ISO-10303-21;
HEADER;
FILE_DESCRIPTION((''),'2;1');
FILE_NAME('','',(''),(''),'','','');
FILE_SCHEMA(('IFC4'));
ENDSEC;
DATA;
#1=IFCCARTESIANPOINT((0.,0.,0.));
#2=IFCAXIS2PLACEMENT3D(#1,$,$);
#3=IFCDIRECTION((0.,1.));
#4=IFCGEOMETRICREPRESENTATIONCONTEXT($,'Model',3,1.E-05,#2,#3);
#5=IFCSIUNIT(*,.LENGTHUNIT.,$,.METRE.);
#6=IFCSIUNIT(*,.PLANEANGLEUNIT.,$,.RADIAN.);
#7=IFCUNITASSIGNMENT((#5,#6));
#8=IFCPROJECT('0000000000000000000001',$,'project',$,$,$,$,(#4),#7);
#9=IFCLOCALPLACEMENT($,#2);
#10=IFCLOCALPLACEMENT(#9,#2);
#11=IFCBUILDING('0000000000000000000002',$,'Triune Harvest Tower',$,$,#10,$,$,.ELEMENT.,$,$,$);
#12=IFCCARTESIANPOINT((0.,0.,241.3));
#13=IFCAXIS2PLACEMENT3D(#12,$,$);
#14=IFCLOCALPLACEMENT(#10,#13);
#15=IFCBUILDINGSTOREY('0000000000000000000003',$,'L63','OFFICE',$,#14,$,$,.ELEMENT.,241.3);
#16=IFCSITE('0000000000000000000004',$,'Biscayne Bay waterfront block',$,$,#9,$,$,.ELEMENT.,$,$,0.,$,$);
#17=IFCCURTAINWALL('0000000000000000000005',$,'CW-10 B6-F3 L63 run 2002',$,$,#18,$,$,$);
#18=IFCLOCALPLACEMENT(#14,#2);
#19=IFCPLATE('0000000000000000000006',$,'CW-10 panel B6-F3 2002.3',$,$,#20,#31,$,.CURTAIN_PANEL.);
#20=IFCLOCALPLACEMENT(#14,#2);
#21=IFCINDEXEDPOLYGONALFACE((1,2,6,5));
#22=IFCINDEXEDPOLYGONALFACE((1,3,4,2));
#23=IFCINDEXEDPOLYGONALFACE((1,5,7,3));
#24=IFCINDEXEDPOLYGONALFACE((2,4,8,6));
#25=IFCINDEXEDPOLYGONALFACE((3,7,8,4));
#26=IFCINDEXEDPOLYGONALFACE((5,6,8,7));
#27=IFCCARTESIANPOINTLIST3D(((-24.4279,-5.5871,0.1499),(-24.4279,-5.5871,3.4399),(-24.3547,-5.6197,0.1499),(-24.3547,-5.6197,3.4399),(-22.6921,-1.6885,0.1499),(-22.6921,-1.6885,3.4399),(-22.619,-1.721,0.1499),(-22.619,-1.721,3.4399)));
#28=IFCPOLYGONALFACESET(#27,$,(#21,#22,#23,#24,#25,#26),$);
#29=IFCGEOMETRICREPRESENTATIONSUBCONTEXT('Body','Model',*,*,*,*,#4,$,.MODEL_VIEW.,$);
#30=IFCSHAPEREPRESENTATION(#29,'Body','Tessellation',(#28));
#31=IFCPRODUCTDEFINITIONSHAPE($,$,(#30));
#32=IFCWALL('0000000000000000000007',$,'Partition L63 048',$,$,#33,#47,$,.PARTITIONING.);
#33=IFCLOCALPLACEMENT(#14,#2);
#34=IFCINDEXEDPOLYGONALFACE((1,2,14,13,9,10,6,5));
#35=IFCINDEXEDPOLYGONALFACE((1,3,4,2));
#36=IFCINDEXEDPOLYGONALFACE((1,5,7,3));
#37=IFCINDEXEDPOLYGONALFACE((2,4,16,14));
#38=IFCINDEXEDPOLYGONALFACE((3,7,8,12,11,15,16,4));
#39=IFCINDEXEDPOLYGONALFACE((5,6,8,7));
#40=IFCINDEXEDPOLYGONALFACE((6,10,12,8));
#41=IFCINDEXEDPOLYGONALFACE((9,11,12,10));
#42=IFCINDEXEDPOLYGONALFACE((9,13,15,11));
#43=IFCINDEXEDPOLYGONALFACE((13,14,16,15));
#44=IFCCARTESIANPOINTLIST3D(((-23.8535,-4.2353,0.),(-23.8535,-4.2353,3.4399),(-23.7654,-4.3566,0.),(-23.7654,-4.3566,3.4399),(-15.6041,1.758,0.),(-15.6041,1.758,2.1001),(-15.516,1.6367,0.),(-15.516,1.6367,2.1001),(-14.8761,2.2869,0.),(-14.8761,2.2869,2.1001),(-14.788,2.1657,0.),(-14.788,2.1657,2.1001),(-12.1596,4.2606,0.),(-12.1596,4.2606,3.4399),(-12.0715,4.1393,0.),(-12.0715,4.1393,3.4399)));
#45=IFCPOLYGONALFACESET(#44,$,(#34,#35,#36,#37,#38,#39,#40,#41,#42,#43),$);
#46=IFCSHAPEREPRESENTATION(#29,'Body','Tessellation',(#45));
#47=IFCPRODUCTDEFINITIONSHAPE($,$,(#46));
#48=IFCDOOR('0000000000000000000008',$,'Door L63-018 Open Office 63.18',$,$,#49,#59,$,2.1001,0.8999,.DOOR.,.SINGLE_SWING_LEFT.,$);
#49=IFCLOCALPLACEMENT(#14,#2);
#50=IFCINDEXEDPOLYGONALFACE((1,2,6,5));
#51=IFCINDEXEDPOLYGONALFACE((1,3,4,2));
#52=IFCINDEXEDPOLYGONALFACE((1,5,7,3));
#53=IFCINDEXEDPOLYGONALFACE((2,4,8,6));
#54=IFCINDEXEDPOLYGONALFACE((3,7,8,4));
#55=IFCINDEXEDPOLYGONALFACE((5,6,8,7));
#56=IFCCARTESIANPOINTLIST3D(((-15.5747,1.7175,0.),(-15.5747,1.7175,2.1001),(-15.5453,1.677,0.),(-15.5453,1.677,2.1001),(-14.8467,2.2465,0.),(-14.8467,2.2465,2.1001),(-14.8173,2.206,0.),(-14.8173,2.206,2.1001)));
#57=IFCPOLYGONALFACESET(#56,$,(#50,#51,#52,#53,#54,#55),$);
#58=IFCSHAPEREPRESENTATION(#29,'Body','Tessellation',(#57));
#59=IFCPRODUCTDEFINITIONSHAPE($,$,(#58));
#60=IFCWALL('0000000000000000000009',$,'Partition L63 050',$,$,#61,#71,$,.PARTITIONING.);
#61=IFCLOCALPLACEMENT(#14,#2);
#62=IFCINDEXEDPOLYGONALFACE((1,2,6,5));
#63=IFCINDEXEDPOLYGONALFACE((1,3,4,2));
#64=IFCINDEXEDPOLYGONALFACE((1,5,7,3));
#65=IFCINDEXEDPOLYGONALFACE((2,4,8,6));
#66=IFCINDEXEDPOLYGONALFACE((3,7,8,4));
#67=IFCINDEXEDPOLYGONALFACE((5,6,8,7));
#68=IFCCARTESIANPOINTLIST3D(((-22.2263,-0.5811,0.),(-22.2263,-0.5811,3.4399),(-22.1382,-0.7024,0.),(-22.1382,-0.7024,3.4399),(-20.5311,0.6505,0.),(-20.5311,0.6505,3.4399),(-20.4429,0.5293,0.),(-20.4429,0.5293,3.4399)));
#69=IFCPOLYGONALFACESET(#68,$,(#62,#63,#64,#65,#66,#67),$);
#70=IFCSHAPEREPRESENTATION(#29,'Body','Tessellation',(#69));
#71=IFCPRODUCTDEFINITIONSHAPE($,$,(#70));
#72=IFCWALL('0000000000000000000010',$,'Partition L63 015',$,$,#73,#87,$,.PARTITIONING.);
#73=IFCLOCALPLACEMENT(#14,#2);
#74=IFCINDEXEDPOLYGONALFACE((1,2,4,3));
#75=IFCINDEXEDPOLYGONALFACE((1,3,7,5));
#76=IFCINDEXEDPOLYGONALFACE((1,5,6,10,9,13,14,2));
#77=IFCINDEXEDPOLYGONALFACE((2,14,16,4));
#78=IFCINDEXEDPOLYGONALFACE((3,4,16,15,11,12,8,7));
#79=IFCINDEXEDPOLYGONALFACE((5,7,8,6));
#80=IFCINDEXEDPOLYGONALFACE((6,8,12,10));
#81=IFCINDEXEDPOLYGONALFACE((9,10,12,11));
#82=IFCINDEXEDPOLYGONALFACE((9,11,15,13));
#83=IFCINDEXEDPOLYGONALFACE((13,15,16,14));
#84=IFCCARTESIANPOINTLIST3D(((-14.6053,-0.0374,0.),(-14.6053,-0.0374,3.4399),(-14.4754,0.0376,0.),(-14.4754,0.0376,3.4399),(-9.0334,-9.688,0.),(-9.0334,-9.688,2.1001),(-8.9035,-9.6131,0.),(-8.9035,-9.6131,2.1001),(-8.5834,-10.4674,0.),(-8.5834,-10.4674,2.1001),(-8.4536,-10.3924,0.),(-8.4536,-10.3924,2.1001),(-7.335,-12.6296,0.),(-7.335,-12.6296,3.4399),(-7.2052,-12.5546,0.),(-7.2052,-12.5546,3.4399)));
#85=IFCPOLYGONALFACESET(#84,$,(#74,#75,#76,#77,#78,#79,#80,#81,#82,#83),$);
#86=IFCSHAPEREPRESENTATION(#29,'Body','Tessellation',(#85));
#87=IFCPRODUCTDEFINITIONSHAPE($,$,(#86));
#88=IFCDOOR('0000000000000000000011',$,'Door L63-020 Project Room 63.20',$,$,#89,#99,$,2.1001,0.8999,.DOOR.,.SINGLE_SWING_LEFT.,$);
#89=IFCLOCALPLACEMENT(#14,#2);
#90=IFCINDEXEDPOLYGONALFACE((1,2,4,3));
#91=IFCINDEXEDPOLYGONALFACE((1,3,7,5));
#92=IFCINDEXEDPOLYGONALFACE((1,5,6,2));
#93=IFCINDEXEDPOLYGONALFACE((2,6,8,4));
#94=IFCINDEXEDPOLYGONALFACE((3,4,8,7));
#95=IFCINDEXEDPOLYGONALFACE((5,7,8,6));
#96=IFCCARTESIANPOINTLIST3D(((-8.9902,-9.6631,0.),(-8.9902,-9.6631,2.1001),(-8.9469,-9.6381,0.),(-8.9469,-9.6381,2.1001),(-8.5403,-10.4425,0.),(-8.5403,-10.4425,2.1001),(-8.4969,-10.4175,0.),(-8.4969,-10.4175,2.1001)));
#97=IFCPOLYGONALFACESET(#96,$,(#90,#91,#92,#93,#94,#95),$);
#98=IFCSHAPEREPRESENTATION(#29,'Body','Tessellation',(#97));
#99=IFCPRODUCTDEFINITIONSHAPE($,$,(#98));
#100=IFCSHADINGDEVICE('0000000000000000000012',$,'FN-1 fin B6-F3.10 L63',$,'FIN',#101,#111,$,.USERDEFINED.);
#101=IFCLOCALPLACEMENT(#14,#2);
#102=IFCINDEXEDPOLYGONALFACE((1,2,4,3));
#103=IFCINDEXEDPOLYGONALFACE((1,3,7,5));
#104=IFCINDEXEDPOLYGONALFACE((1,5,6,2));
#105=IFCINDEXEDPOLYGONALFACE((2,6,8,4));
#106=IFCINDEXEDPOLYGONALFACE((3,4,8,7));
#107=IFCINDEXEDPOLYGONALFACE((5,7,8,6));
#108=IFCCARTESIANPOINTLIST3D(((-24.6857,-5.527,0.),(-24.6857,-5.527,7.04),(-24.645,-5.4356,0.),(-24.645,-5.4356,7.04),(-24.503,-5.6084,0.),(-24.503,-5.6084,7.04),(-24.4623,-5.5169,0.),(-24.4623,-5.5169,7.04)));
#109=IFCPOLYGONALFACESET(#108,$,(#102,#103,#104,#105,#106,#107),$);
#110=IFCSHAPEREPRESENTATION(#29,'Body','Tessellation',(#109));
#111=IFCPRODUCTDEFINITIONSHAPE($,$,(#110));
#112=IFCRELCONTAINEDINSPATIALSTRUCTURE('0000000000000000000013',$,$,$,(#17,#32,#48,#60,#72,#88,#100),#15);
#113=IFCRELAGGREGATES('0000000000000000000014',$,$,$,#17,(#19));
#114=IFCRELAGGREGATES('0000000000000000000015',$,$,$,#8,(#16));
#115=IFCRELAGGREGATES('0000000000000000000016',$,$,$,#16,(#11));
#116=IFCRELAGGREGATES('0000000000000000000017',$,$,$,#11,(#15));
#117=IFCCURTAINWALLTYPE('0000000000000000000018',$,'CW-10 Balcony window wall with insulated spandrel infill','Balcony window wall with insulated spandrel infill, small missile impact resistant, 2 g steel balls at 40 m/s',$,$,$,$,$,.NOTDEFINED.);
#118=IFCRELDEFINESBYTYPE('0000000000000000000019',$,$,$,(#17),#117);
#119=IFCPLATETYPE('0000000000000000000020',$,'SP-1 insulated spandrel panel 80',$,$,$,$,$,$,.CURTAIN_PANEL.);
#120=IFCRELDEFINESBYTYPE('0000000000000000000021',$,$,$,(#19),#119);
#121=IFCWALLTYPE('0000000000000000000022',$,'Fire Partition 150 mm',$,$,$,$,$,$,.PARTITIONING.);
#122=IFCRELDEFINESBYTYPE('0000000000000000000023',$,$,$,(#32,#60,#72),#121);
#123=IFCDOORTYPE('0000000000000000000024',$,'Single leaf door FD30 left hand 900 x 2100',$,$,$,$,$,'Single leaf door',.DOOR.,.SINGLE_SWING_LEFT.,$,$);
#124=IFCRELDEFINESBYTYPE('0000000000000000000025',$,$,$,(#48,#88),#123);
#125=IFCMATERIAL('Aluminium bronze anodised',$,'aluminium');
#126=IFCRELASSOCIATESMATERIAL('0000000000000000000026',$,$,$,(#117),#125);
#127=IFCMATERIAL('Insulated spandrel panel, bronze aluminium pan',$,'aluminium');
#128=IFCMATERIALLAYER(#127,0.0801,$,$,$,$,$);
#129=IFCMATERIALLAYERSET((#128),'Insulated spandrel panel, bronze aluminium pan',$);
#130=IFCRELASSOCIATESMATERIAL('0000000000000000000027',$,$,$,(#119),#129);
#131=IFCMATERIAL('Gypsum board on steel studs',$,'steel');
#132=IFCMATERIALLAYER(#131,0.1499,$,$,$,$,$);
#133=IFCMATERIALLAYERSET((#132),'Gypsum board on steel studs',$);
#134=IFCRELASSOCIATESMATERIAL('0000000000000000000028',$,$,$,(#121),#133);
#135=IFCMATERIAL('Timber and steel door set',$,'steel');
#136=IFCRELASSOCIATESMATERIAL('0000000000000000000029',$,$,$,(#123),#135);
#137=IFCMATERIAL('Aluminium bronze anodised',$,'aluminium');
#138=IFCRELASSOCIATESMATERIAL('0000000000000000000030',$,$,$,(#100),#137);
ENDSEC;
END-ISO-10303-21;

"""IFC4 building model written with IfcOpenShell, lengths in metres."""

from ifc_helpers import new_model, si_unit, direction, frame, frame_2d, origin, origin_2d, place, context, subcontext, project, spatial, rectangle, extrude, source, transform, mapped, material, layer, layer_set, type_object, element, fill, aggregate, save


model = new_model("IFC4")

# Units and contexts
model_context = context("Model", 3, precision=1e-05, world=origin(), true_north=direction((0.0, 1.0)))
body_context = subcontext(model_context, "Body", "Model", "MODEL_VIEW")
ifc_project = project(units=[si_unit("LENGTHUNIT", "METRE"), si_unit("PLANEANGLEUNIT", "RADIAN")], contexts=[model_context])

# Site, building, storey
site_placement = place(None, origin())
site = spatial("IfcSite", under=ifc_project, at=site_placement, Name="Biscayne Bay waterfront block", CompositionType="ELEMENT", RefElevation=0.0)
building_placement = place(site_placement, origin())
building = spatial("IfcBuilding", under=site, at=building_placement, Name="Triune Harvest Tower", CompositionType="ELEMENT")
storey_placement = place(building_placement, frame((0.0, 0.0, 241.3)))
storey = spatial("IfcBuildingStorey", under=building, at=storey_placement, Name="L63", Description="OFFICE", CompositionType="ELEMENT", Elevation=241.3)

# Curtain wall
ifc_material_1 = material(Name="Aluminium bronze anodised", Category="aluminium")
curtain_wall_type_1 = type_object("IfcCurtainWallType", Name="CW-10 Balcony window wall with insulated spandrel infill", Description="Balcony window wall with insulated spandrel infill, small missile impact resistant, 2 g steel balls at 40 m/s", PredefinedType="NOTDEFINED", material=ifc_material_1)
curtain_wall_1_placement = place(storey_placement, origin())
curtain_wall_1 = element("IfcCurtainWall", 1, at=curtain_wall_1_placement, inside=storey, type_object=curtain_wall_type_1, Name="CW-10 B6-F3 L63 run 2002")

# Plate
ifc_material_2 = material(Name="Insulated spandrel panel, bronze aluminium pan", Category="aluminium")
ifc_layer_1 = layer(ifc_material_2, 0.0801)
ifc_layer_set_1 = layer_set([ifc_layer_1], Name="Insulated spandrel panel, bronze aluminium pan")
plate_type_1 = type_object("IfcPlateType", Name="SP-1 insulated spandrel panel 80", PredefinedType="CURTAIN_PANEL", material=ifc_layer_set_1)
shared_shape_1 = source(origin(), body_context, "Body", "SweptSolid", [
    extrude(rectangle(XDim=4.2676, YDim=0.0801, at=origin_2d()), origin(), (0.0, 0.0, 1.0), 3.29),
])
plate_1_placement = place(storey_placement, frame((-23.5234, -3.6541, 0.1499), z_axis=(0.0, 0.0, 1.0), x_axis=(-0.406736, -0.913546, 0.0)))
plate_1 = element("IfcPlate", 2, at=plate_1_placement, type_object=plate_type_1, Name="CW-10 panel B6-F3 2002.3", PredefinedType="CURTAIN_PANEL", context=body_context, shape_type="MappedRepresentation", body=[
    mapped(shared_shape_1, transform((0.0, 0.0, 0.0), scale=1.0)),
])
aggregate(curtain_wall_1, [plate_1])

# Wall, opening, door
ifc_material_3 = material(Name="Gypsum board on steel studs", Category="steel")
ifc_layer_2 = layer(ifc_material_3, 0.1499)
ifc_layer_set_2 = layer_set([ifc_layer_2], Name="Gypsum board on steel studs")
wall_type = type_object("IfcWallType", Name="Fire Partition 150 mm", PredefinedType="PARTITIONING", material=ifc_layer_set_2)
wall_1_placement = place(storey_placement, frame((-23.8093, -4.2959, 0.0), z_axis=(0.0, 0.0, 1.0), x_axis=(0.809024, 0.587775, 0.0)))
wall_1 = element("IfcWall", 3, at=wall_1_placement, inside=storey, type_object=wall_type, Name="Partition L63 048", PredefinedType="PARTITIONING", context=body_context, shape_type="SweptSolid", body=[
    extrude(rectangle(XDim=14.4543, YDim=0.1499, at=frame_2d((7.2271, 0.0))), origin(), (0.0, 0.0, 1.0), 3.4399),
])
opening_1_placement = place(wall_1_placement, frame((10.1965, 0.0, 0.0)))
opening_1 = element("IfcOpeningElement", 4, at=opening_1_placement, cuts=wall_1, PredefinedType="OPENING", context=body_context, shape_type="SweptSolid", body=[
    extrude(rectangle(XDim=0.8999, YDim=2.1001, at=frame_2d((0.45, 1.05))), frame((0.0, 0.085, 0.0), z_axis=(0.0, -1.0, 0.0), x_axis=(1.0, 0.0, 0.0)), (0.0, 0.0, 1.0), 0.1699),
])
ifc_material_4 = material(Name="Timber and steel door set", Category="steel")
door_type = type_object("IfcDoorType", Name="Single leaf door FD30 left hand 900 x 2100", ElementType="Single leaf door", OperationType="SINGLE_SWING_LEFT", PredefinedType="DOOR", material=ifc_material_4)
door_1_placement = place(opening_1_placement, origin())
door_1 = element("IfcDoor", 5, at=door_1_placement, inside=storey, type_object=door_type, Name="Door L63-018 Open Office 63.18", OperationType="SINGLE_SWING_LEFT", OverallHeight=2.1001, OverallWidth=0.8999, PredefinedType="DOOR", context=body_context, shape_type="SweptSolid", body=[
    extrude(rectangle(XDim=0.8999, YDim=2.1001, at=frame_2d((0.45, 1.05))), frame((0.0, 0.0249, 0.0), z_axis=(0.0, -1.0, 0.0), x_axis=(1.0, 0.0, 0.0)), (0.0, 0.0, 1.0), 0.05),
])
fill(opening_1, door_1)

# Wall
wall_2_placement = place(storey_placement, frame((-22.1824, -0.6418, 0.0), z_axis=(0.0, 0.0, 1.0), x_axis=(0.809023, 0.587777, 0.0)))
element("IfcWall", 6, at=wall_2_placement, inside=storey, type_object=wall_type, Name="Partition L63 050", PredefinedType="PARTITIONING", context=body_context, shape_type="SweptSolid", body=[
    extrude(rectangle(XDim=2.0955, YDim=0.1499, at=frame_2d((1.0479, 0.0))), origin(), (0.0, 0.0, 1.0), 3.4399),
])

# Wall, opening, door
shared_shape_2 = source(origin(), body_context, "Body", "SweptSolid", [
    extrude(rectangle(XDim=14.5403, YDim=0.1499, at=frame_2d((7.27, 0.0))), origin(), (0.0, 0.0, 1.0), 3.4399),
])
wall_3_placement = place(storey_placement, frame((-14.5403, 0.0, 0.0), z_axis=(0.0, 0.0, 1.0), x_axis=(0.500005, -0.866022, 0.0)))
wall_3 = element("IfcWall", 7, at=wall_3_placement, inside=storey, type_object=wall_type, Name="Partition L63 015", PredefinedType="PARTITIONING", context=body_context, shape_type="MappedRepresentation", body=[
    mapped(shared_shape_2, transform((0.0, 0.0, 0.0), scale=1.0)),
])
opening_2_placement = place(wall_3_placement, frame((11.1436, 0.0, 0.0)))
opening_2 = element("IfcOpeningElement", 8, at=opening_2_placement, cuts=wall_3, PredefinedType="OPENING", context=body_context, shape_type="SweptSolid", body=[
    extrude(rectangle(XDim=0.8999, YDim=2.1001, at=frame_2d((0.45, 1.05))), frame((0.0, 0.085, 0.0), z_axis=(0.0, -1.0, 0.0), x_axis=(1.0, 0.0, 0.0)), (0.0, 0.0, 1.0), 0.1699),
])
door_2_placement = place(opening_2_placement, origin())
door_2 = element("IfcDoor", 9, at=door_2_placement, inside=storey, type_object=door_type, Name="Door L63-020 Project Room 63.20", OperationType="SINGLE_SWING_LEFT", OverallHeight=2.1001, OverallWidth=0.8999, PredefinedType="DOOR", context=body_context, shape_type="SweptSolid", body=[
    extrude(rectangle(XDim=0.8999, YDim=2.1001, at=frame_2d((0.45, 1.05))), frame((0.0, 0.0249, 0.0), z_axis=(0.0, -1.0, 0.0), x_axis=(1.0, 0.0, 0.0)), (0.0, 0.0, 1.0), 0.05),
])
fill(opening_2, door_2)

# Shading device
ifc_material_5 = material(Name="Aluminium bronze anodised", Category="aluminium")
shared_shape_3 = source(origin(), body_context, "Body", "SweptSolid", [
    extrude(rectangle(XDim=0.1001, YDim=0.2, at=origin_2d()), origin(), (0.0, 0.0, 1.0), 7.04),
])
shading_device_placement = place(storey_placement, frame((-24.574, -5.522, 0.0), z_axis=(0.0, 0.0, 1.0), x_axis=(-0.406738, -0.913545, 0.0)))
element("IfcShadingDevice", 10, at=shading_device_placement, inside=storey, material=ifc_material_5, Name="FN-1 fin B6-F3.10 L63", ObjectType="FIN", PredefinedType="USERDEFINED", context=body_context, shape_type="MappedRepresentation", body=[
    mapped(shared_shape_3, transform((0.0, 0.0, 0.0), scale=1.0)),
])

save(model, "model.ifc")
